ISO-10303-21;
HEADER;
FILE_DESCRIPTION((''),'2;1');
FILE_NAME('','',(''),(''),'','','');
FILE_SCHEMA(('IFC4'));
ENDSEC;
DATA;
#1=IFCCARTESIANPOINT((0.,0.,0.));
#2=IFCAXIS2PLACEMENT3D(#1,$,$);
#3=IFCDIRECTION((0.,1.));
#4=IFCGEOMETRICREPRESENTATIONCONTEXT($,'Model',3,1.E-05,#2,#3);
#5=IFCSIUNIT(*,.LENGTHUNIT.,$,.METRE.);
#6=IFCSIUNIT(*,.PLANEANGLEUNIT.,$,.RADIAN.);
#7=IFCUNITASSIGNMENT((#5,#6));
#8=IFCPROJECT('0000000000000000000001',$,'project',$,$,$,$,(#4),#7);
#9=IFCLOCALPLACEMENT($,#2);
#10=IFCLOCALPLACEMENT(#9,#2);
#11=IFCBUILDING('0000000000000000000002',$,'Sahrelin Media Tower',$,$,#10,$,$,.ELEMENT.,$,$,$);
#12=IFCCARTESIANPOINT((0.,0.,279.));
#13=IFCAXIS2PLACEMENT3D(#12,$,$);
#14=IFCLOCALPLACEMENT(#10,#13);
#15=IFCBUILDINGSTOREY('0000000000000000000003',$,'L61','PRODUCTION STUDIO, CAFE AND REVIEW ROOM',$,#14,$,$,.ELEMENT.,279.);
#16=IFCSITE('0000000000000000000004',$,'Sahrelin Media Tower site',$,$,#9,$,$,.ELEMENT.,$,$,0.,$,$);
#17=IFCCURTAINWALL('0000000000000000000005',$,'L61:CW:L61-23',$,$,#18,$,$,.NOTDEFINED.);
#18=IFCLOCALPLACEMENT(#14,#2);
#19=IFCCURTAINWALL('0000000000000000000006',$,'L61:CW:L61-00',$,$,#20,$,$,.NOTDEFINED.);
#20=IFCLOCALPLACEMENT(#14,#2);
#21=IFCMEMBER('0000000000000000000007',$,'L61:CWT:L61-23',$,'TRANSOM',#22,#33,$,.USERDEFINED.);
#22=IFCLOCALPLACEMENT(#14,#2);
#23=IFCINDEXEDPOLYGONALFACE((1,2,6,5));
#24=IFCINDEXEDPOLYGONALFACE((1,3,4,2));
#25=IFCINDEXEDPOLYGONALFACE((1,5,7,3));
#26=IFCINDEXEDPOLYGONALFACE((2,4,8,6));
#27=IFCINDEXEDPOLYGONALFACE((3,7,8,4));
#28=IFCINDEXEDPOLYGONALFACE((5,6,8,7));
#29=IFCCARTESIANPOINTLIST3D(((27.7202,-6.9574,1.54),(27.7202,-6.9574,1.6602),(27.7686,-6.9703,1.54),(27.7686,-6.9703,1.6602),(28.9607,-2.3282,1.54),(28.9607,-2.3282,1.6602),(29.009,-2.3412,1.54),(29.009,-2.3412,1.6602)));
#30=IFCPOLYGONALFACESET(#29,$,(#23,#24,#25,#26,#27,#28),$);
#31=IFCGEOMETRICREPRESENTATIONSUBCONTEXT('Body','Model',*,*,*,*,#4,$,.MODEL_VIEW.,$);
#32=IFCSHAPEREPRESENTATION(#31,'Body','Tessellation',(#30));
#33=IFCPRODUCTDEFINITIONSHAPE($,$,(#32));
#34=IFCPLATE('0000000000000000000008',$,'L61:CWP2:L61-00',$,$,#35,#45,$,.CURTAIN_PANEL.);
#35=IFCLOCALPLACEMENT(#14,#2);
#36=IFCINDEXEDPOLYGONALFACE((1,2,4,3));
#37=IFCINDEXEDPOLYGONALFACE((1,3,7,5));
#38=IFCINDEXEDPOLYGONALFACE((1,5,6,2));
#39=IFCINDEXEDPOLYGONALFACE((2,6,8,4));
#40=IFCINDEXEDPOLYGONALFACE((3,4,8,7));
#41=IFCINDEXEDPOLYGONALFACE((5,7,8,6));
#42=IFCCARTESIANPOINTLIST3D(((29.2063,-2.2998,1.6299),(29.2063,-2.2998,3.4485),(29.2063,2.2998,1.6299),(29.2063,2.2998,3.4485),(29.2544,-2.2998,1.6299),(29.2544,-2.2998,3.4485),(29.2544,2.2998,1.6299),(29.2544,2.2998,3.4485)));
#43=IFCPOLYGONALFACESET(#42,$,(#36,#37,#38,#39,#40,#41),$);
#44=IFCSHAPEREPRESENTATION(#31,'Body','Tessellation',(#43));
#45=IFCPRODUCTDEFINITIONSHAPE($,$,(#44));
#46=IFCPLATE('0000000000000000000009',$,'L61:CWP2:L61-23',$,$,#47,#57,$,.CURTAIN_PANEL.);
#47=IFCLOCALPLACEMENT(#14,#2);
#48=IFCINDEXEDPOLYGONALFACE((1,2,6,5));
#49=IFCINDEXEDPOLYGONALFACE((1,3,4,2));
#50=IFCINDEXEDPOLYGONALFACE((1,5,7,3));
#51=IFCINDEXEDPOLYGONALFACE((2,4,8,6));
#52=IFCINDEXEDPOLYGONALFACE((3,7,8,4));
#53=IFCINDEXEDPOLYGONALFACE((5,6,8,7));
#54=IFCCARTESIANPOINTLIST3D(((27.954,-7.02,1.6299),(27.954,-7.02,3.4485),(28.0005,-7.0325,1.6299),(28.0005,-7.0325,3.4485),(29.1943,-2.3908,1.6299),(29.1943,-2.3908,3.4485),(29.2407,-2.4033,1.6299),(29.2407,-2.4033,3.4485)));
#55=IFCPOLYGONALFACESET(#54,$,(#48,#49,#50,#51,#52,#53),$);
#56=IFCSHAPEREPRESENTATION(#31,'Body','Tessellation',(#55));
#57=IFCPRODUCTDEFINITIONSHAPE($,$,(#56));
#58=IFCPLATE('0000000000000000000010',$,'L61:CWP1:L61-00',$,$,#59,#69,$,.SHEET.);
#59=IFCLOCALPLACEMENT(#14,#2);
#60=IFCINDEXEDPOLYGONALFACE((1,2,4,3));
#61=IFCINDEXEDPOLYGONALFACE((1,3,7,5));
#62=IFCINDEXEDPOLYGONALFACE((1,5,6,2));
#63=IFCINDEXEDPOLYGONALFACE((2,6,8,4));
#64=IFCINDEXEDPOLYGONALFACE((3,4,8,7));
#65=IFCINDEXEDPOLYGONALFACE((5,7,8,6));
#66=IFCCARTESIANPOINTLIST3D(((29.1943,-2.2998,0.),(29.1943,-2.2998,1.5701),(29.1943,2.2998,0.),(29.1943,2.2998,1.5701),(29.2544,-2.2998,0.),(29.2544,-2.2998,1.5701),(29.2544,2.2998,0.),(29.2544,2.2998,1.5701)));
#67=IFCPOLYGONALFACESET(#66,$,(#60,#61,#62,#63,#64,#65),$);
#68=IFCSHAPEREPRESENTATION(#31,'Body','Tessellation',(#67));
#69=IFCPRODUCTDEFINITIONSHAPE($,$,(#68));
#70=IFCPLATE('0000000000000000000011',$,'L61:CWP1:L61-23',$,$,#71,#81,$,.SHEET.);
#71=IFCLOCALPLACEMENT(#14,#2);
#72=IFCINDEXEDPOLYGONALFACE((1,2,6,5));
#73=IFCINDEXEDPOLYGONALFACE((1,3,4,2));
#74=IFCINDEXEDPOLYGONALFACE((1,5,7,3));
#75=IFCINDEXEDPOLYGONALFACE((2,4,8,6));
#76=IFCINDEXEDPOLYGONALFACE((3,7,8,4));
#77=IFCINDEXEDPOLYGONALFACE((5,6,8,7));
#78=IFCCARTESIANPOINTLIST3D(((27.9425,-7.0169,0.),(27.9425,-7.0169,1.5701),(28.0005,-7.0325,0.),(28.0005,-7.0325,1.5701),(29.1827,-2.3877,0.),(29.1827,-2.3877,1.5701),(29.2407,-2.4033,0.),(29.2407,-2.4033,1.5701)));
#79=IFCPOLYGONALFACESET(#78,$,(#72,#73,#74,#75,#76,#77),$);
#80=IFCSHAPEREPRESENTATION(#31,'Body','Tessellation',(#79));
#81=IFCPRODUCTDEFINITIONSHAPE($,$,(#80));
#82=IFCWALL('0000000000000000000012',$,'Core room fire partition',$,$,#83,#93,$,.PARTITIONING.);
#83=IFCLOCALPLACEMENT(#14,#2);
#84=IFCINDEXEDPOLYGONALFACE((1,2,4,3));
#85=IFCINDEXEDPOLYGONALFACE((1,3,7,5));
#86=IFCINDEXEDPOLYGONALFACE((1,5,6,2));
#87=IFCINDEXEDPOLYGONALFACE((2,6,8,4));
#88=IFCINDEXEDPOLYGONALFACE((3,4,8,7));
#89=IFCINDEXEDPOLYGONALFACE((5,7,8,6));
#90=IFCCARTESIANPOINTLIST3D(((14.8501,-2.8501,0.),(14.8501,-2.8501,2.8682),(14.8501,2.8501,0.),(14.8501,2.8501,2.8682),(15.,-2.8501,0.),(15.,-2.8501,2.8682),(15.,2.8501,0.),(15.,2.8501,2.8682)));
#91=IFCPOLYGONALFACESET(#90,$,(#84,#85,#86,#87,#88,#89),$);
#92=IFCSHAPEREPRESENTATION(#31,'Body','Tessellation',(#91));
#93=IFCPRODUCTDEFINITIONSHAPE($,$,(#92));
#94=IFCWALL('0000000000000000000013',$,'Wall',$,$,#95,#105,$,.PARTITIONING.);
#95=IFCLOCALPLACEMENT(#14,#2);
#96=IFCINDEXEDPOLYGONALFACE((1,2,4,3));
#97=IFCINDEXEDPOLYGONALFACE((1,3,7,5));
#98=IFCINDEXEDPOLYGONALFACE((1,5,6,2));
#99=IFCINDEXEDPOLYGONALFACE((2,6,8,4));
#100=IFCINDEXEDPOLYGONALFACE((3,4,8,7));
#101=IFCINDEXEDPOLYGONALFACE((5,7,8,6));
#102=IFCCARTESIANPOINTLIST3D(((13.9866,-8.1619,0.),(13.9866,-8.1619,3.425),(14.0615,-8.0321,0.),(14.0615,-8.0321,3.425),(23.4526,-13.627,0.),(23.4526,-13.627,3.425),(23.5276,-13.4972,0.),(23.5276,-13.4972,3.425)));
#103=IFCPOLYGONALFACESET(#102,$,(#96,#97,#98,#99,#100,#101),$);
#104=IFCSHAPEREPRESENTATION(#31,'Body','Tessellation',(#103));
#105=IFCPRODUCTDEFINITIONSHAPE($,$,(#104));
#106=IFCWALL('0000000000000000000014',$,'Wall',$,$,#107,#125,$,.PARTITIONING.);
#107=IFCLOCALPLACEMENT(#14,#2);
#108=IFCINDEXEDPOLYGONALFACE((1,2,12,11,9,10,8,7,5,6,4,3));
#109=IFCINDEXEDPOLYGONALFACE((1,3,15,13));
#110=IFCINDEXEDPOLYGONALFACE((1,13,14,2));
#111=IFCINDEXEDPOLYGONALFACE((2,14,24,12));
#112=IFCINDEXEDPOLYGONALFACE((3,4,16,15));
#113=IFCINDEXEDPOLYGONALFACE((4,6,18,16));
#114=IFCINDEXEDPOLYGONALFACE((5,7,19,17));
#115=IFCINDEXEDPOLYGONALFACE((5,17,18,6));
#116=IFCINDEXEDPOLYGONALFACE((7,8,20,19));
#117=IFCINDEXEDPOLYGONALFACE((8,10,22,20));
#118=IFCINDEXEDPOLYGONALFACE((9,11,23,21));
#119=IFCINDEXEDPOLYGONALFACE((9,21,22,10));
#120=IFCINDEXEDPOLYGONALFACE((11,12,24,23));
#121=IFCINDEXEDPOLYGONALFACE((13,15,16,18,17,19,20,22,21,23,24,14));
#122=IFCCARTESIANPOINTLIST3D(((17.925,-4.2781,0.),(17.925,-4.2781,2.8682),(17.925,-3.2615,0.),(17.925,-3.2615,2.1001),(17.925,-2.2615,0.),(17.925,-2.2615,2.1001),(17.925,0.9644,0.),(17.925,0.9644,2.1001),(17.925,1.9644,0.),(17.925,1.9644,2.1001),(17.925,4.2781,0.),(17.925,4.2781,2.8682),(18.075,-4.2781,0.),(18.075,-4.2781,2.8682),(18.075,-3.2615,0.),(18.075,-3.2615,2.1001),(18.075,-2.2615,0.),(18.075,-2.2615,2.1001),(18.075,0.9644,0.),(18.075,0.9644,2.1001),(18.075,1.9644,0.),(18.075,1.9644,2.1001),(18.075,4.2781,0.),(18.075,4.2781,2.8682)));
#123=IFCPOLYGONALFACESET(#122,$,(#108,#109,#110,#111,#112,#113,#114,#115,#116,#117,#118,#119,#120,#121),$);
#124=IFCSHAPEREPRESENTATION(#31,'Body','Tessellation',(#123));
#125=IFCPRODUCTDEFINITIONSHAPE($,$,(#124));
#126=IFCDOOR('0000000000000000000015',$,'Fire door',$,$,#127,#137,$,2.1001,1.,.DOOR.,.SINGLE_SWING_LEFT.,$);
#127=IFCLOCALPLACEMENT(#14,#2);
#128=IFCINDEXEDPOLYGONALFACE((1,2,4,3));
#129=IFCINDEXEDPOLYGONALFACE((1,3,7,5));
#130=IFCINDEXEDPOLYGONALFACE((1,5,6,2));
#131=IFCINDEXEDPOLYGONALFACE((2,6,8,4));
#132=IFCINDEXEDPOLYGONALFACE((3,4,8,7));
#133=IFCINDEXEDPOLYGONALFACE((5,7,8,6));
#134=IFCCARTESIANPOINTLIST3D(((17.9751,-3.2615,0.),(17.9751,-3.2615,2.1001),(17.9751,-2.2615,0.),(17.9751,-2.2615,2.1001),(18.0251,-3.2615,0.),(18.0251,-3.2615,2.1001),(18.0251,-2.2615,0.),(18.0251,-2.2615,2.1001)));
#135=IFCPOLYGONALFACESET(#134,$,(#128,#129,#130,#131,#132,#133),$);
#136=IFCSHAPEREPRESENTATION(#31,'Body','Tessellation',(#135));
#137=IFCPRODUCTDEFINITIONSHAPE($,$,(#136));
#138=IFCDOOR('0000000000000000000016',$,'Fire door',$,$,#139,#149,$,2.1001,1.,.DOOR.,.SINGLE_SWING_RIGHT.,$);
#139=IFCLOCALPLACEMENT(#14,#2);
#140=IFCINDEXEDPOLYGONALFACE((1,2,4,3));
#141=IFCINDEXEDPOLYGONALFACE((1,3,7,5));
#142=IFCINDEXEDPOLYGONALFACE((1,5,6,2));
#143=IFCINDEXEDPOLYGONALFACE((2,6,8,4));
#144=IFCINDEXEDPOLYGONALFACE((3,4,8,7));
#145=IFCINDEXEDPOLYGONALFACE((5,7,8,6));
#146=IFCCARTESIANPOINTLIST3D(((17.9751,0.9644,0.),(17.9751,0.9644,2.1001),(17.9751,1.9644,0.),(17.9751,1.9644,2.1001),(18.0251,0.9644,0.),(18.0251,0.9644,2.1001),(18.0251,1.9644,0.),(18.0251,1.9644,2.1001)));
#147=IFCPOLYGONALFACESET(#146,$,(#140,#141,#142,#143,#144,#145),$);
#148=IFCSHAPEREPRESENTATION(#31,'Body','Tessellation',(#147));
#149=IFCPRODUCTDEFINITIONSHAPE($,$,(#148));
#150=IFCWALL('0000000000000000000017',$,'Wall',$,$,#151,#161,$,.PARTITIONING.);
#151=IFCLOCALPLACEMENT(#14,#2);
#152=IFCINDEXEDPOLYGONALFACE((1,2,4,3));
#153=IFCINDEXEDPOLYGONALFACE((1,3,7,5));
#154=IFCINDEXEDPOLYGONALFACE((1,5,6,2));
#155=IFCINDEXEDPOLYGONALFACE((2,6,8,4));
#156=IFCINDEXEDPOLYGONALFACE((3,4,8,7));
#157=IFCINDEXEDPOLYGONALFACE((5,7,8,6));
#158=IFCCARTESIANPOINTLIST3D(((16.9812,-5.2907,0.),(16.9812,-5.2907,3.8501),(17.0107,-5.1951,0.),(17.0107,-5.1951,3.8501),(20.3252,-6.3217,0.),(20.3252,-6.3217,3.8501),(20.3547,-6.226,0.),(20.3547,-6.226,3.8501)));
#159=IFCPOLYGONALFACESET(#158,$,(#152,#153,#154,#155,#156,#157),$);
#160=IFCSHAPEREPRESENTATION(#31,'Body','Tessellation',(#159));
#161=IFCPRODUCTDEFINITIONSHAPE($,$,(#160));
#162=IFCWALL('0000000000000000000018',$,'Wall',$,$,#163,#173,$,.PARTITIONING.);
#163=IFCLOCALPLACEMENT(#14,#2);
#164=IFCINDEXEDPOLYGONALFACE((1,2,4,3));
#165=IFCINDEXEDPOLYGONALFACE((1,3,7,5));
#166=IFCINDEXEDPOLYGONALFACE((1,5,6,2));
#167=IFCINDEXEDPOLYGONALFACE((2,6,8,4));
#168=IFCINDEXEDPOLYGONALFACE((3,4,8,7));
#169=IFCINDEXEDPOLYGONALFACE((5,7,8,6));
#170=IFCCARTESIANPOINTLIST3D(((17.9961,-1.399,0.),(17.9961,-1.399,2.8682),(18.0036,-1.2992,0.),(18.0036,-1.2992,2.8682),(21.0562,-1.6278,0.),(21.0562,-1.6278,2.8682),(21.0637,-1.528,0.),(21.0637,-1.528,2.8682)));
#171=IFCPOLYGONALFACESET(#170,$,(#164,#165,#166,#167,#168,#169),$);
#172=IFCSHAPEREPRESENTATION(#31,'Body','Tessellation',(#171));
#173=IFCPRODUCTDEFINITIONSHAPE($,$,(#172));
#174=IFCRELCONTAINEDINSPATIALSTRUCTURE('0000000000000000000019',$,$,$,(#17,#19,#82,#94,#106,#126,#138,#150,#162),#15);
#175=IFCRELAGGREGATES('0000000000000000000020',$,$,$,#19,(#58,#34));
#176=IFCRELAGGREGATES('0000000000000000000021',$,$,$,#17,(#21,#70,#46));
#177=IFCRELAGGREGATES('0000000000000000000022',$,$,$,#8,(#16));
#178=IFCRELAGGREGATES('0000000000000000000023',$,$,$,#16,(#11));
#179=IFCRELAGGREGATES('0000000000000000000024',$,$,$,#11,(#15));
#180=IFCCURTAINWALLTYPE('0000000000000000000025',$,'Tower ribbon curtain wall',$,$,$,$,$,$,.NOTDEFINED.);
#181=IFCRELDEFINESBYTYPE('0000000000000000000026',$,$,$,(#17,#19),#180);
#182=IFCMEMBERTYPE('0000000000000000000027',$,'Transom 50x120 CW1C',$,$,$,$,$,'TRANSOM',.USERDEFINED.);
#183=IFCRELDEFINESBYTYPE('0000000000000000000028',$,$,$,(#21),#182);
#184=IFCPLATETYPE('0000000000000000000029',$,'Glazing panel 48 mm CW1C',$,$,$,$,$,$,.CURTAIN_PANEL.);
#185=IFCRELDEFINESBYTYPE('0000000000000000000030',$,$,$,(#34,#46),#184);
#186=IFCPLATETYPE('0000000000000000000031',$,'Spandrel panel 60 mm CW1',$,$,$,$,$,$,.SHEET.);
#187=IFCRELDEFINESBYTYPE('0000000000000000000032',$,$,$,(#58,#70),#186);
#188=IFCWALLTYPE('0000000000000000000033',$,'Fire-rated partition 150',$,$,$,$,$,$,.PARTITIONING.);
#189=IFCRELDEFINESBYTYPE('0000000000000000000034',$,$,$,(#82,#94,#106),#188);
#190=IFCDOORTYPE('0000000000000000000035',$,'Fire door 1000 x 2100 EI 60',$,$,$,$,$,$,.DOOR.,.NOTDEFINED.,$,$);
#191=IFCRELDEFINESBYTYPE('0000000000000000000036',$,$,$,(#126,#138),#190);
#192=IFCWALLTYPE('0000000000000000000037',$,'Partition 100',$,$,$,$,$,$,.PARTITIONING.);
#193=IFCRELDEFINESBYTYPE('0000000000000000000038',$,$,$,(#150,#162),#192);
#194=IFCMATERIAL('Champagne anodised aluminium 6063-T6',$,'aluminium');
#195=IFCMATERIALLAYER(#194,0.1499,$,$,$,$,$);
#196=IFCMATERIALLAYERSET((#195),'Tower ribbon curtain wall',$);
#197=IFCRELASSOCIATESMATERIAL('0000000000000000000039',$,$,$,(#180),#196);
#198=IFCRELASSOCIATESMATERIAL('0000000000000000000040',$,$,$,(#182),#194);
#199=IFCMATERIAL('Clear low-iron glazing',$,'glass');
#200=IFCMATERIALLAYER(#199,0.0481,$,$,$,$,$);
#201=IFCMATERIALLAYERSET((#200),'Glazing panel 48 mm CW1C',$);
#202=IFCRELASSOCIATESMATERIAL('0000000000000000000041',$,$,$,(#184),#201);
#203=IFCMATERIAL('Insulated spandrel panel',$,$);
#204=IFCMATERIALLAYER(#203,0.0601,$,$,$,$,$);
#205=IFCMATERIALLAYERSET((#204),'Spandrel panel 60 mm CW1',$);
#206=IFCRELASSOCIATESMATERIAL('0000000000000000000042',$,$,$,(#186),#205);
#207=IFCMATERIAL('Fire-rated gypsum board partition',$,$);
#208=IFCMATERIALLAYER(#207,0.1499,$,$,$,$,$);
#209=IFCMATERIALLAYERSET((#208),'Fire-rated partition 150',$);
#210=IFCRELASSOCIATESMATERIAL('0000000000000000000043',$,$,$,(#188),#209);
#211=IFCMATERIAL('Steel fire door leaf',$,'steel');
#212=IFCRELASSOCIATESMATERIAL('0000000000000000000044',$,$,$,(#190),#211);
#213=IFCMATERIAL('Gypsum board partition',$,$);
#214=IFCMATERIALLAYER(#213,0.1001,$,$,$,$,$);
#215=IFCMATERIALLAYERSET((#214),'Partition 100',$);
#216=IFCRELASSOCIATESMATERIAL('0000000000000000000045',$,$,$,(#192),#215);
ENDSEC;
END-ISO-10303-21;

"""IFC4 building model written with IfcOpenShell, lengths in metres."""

from ifc_helpers import new_model, si_unit, direction, frame, frame_2d, origin, origin_2d, place, context, subcontext, project, spatial, polyline, rectangle, outline, extrude, material, layer, layer_set, material_profile, profile_set, type_object, element, fill, aggregate, save


model = new_model("IFC4")

# Units and contexts
model_context = context("Model", 3, precision=1e-05, world=origin(), true_north=direction((0.0, 1.0)))
body_context = subcontext(model_context, "Body", "Model", "MODEL_VIEW")
ifc_project = project(units=[si_unit("LENGTHUNIT", "METRE"), si_unit("PLANEANGLEUNIT", "RADIAN")], contexts=[model_context])

# Site, building, storey
site_placement = place(None, origin())
site = spatial("IfcSite", under=ifc_project, at=site_placement, Name="Sahrelin Media Tower site", CompositionType="ELEMENT", RefElevation=0.0)
building_placement = place(site_placement, origin())
building = spatial("IfcBuilding", under=site, at=building_placement, Name="Sahrelin Media Tower", CompositionType="ELEMENT")
storey_placement = place(building_placement, frame((0.0, 0.0, 279.0)))
storey = spatial("IfcBuildingStorey", under=building, at=storey_placement, Name="L61", Description="PRODUCTION STUDIO, CAFE AND REVIEW ROOM", CompositionType="ELEMENT", Elevation=279.0)

# Curtain wall
ifc_material_1 = material(Name="Champagne anodised aluminium 6063-T6", Category="aluminium")
ifc_layer_1 = layer(ifc_material_1, 0.1499)
ifc_layer_set_1 = layer_set([ifc_layer_1], Name="Tower ribbon curtain wall")
curtain_wall_type = type_object("IfcCurtainWallType", Name="Tower ribbon curtain wall", PredefinedType="NOTDEFINED", material=ifc_layer_set_1)
curtain_wall_1_placement = place(storey_placement, frame((28.6013, -4.7126, 0.0), z_axis=(0.0, 0.0, 1.0), x_axis=(1.0, 0.0, 0.0)))
curtain_wall_1 = element("IfcCurtainWall", 1, at=curtain_wall_1_placement, inside=storey, type_object=curtain_wall_type, Name="L61:CW:L61-23", PredefinedType="NOTDEFINED")

# Curtain wall
curtain_wall_2_placement = place(storey_placement, frame((29.2344, 0.0, 0.0), z_axis=(0.0, 0.0, 1.0), x_axis=(1.0, 0.0, 0.0)))
curtain_wall_2 = element("IfcCurtainWall", 2, at=curtain_wall_2_placement, inside=storey, type_object=curtain_wall_type, Name="L61:CW:L61-00", PredefinedType="NOTDEFINED")
ifc_material_profile_1 = material_profile(ifc_material_1, rectangle(XDim=0.05, YDim=0.1201, at=origin_2d()), Name="Transom 50x120")
ifc_profile_set_1 = profile_set([ifc_material_profile_1], Name="Champagne anodised aluminium 6063-T6")
member_type_1 = type_object("IfcMemberType", Name="Transom 50x120 CW1C", ElementType="TRANSOM", PredefinedType="USERDEFINED", material=ifc_profile_set_1)

# Member
member_1_placement = place(storey_placement, frame((27.7444, -6.9639, 1.6001), z_axis=(0.258839, 0.965921, 0.0), x_axis=(-0.965921, 0.258839, 0.0)))
member_1 = element("IfcMember", 3, at=member_1_placement, type_object=member_type_1, Name="L61:CWT:L61-23", ObjectType="TRANSOM", PredefinedType="USERDEFINED", context=body_context, shape_type="SweptSolid", body=[
    extrude(rectangle(XDim=0.05, YDim=0.1201, at=origin_2d()), origin(), (0.0, 0.0, 1.0), 4.7925),
])

# Plates
ifc_material_2 = material(Name="Clear low-iron glazing", Category="glass")
ifc_layer_2 = layer(ifc_material_2, 0.0481)
ifc_layer_set_2 = layer_set([ifc_layer_2], Name="Glazing panel 48 mm CW1C")
plate_type_1 = type_object("IfcPlateType", Name="Glazing panel 48 mm CW1C", PredefinedType="CURTAIN_PANEL", material=ifc_layer_set_2)
plate_1_placement = place(storey_placement, frame((29.2544, -2.2998, 1.6299), z_axis=(1.0, 0.0, 0.0), x_axis=(0.0, 1.0, 0.0)))
plate_1 = element("IfcPlate", 4, at=plate_1_placement, type_object=plate_type_1, Name="L61:CWP2:L61-00", PredefinedType="CURTAIN_PANEL", context=body_context, shape_type="SweptSolid", body=[
    extrude(outline(polyline([(0.0, 0.0), (4.5996, 0.0), (4.5996, 1.8186), (0.0, 1.8186), (0.0, 0.0)])), origin(), (0.0, 0.0, -1.0), 0.0481),
])
plate_2_placement = place(storey_placement, frame((28.0005, -7.0325, 1.6299), z_axis=(0.965933, -0.258791, 0.0), x_axis=(0.258791, 0.965933, 0.0)))
plate_2 = element("IfcPlate", 5, at=plate_2_placement, type_object=plate_type_1, Name="L61:CWP2:L61-23", PredefinedType="CURTAIN_PANEL", context=body_context, shape_type="SweptSolid", body=[
    extrude(outline(polyline([(0.0, 0.0), (4.7925, 0.0), (4.7925, 1.8186), (0.0, 1.8186), (0.0, 0.0)])), origin(), (0.0, 0.0, -1.0), 0.0481),
])
ifc_material_3 = material(Name="Insulated spandrel panel")
ifc_layer_3 = layer(ifc_material_3, 0.0601)
ifc_layer_set_3 = layer_set([ifc_layer_3], Name="Spandrel panel 60 mm CW1")
plate_type_2 = type_object("IfcPlateType", Name="Spandrel panel 60 mm CW1", PredefinedType="SHEET", material=ifc_layer_set_3)
plate_3_placement = place(storey_placement, frame((29.2544, -2.2998, 0.0), z_axis=(1.0, 0.0, 0.0), x_axis=(0.0, 1.0, 0.0)))
plate_3 = element("IfcPlate", 6, at=plate_3_placement, type_object=plate_type_2, Name="L61:CWP1:L61-00", PredefinedType="SHEET", context=body_context, shape_type="SweptSolid", body=[
    extrude(outline(polyline([(0.0, 0.0), (4.5996, 0.0), (4.5996, 1.5701), (0.0, 1.5701), (0.0, 0.0)])), origin(), (0.0, 0.0, -1.0), 0.0601),
])
aggregate(curtain_wall_2, [plate_3, plate_1])
plate_4_placement = place(storey_placement, frame((28.0005, -7.0325, 0.0), z_axis=(0.965933, -0.258791, 0.0), x_axis=(0.258791, 0.965933, 0.0)))
plate_4 = element("IfcPlate", 7, at=plate_4_placement, type_object=plate_type_2, Name="L61:CWP1:L61-23", PredefinedType="SHEET", context=body_context, shape_type="SweptSolid", body=[
    extrude(outline(polyline([(0.0, 0.0), (4.7925, 0.0), (4.7925, 1.5701), (0.0, 1.5701), (0.0, 0.0)])), origin(), (0.0, 0.0, -1.0), 0.0601),
])
aggregate(curtain_wall_1, [member_1, plate_4, plate_2])

# Walls
ifc_material_4 = material(Name="Fire-rated gypsum board partition")
ifc_layer_4 = layer(ifc_material_4, 0.1499)
ifc_layer_set_4 = layer_set([ifc_layer_4], Name="Fire-rated partition 150")
wall_type_1 = type_object("IfcWallType", Name="Fire-rated partition 150", PredefinedType="PARTITIONING", material=ifc_layer_set_4)
wall_1_placement = place(storey_placement, frame((14.925, -2.8501, 0.0), z_axis=(0.0, 0.0, 1.0), x_axis=(0.0, 1.0, 0.0)))
element("IfcWall", 8, at=wall_1_placement, inside=storey, type_object=wall_type_1, Name="Core room fire partition", PredefinedType="PARTITIONING", context=body_context, shape_type="SweptSolid", body=[
    extrude(rectangle(XDim=5.7002, YDim=0.1499, at=frame_2d((2.8501, 0.0))), origin(), (0.0, 0.0, 1.0), 2.8682),
])
wall_2_placement = place(storey_placement, frame((14.0239, -8.0969, 0.0), z_axis=(0.0, 0.0, 1.0), x_axis=(0.866031, -0.49999, 0.0)))
element("IfcWall", 9, at=wall_2_placement, inside=storey, type_object=wall_type_1, Name="Wall", PredefinedType="PARTITIONING", context=body_context, shape_type="SweptSolid", body=[
    extrude(rectangle(XDim=10.9304, YDim=0.1499, at=frame_2d((5.4653, 0.0))), origin(), (0.0, 0.0, 1.0), 3.425),
])

# Wall, openings, doors
wall_3_placement = place(storey_placement, frame((18.0, -4.2781, 0.0), z_axis=(0.0, 0.0, 1.0), x_axis=(0.0, 1.0, 0.0)))
wall_3 = element("IfcWall", 10, at=wall_3_placement, inside=storey, type_object=wall_type_1, Name="Wall", PredefinedType="PARTITIONING", context=body_context, shape_type="SweptSolid", body=[
    extrude(rectangle(XDim=8.5562, YDim=0.1499, at=frame_2d((4.2781, 0.0))), origin(), (0.0, 0.0, 1.0), 2.8682),
])
opening_1_placement = place(wall_3_placement, frame((1.0166, 0.0, 0.0)))
opening_1 = element("IfcOpeningElement", 11, at=opening_1_placement, cuts=wall_3, PredefinedType="OPENING", context=body_context, shape_type="SweptSolid", body=[
    extrude(rectangle(XDim=1.0, YDim=2.1001, at=frame_2d((0.5, 1.05))), frame((0.0, 0.075, 0.0), z_axis=(0.0, -1.0, 0.0), x_axis=(1.0, 0.0, 0.0)), (0.0, 0.0, 1.0), 0.1499),
])
opening_2_placement = place(wall_3_placement, frame((5.2424, 0.0, 0.0)))
opening_2 = element("IfcOpeningElement", 12, at=opening_2_placement, cuts=wall_3, PredefinedType="OPENING", context=body_context, shape_type="SweptSolid", body=[
    extrude(rectangle(XDim=1.0, YDim=2.1001, at=frame_2d((0.5, 1.05))), frame((0.0, 0.075, 0.0), z_axis=(0.0, -1.0, 0.0), x_axis=(1.0, 0.0, 0.0)), (0.0, 0.0, 1.0), 0.1499),
])
ifc_material_5 = material(Name="Steel fire door leaf", Category="steel")
door_type_1 = type_object("IfcDoorType", Name="Fire door 1000 x 2100 EI 60", OperationType="NOTDEFINED", PredefinedType="DOOR", material=ifc_material_5)
door_1_placement = place(opening_1_placement, origin())
door_1 = element("IfcDoor", 13, at=door_1_placement, inside=storey, type_object=door_type_1, Name="Fire door", OperationType="SINGLE_SWING_LEFT", OverallHeight=2.1001, OverallWidth=1.0, PredefinedType="DOOR", context=body_context, shape_type="SweptSolid", body=[
    extrude(rectangle(XDim=1.0, YDim=2.1001, at=frame_2d((0.5, 1.05))), frame((0.0, 0.0249, 0.0), z_axis=(0.0, -1.0, 0.0), x_axis=(1.0, 0.0, 0.0)), (0.0, 0.0, 1.0), 0.05),
])
fill(opening_1, door_1)
door_2_placement = place(opening_2_placement, origin())
door_2 = element("IfcDoor", 14, at=door_2_placement, inside=storey, type_object=door_type_1, Name="Fire door", OperationType="SINGLE_SWING_RIGHT", OverallHeight=2.1001, OverallWidth=1.0, PredefinedType="DOOR", context=body_context, shape_type="SweptSolid", body=[
    extrude(rectangle(XDim=1.0, YDim=2.1001, at=frame_2d((0.5, 1.05))), frame((0.0, 0.0249, 0.0), z_axis=(0.0, -1.0, 0.0), x_axis=(1.0, 0.0, 0.0)), (0.0, 0.0, 1.0), 0.05),
])
fill(opening_2, door_2)

# Walls
ifc_material_6 = material(Name="Gypsum board partition")
ifc_layer_5 = layer(ifc_material_6, 0.1001)
ifc_layer_set_5 = layer_set([ifc_layer_5], Name="Partition 100")
wall_type_2 = type_object("IfcWallType", Name="Partition 100", PredefinedType="PARTITIONING", material=ifc_layer_set_5)
wall_4_placement = place(storey_placement, frame((16.9961, -5.2429, 0.0), z_axis=(0.0, 0.0, 1.0), x_axis=(0.955611, -0.29463, 0.0)))
element("IfcWall", 15, at=wall_4_placement, inside=storey, type_object=wall_type_2, Name="Wall", PredefinedType="PARTITIONING", context=body_context, shape_type="SweptSolid", body=[
    extrude(rectangle(XDim=3.4993, YDim=0.1001, at=frame_2d((1.7495, 0.0))), origin(), (0.0, 0.0, 1.0), 3.8501),
])
wall_5_placement = place(storey_placement, frame((18.0, -1.3491, 0.0), z_axis=(0.0, 0.0, 1.0), x_axis=(0.997217, -0.074549, 0.0)))
element("IfcWall", 16, at=wall_5_placement, inside=storey, type_object=wall_type_2, Name="Wall", PredefinedType="PARTITIONING", context=body_context, shape_type="SweptSolid", body=[
    extrude(rectangle(XDim=3.0686, YDim=0.1001, at=frame_2d((1.5342, 0.0))), origin(), (0.0, 0.0, 1.0), 2.8682),
])

save(model, "model.ifc")
